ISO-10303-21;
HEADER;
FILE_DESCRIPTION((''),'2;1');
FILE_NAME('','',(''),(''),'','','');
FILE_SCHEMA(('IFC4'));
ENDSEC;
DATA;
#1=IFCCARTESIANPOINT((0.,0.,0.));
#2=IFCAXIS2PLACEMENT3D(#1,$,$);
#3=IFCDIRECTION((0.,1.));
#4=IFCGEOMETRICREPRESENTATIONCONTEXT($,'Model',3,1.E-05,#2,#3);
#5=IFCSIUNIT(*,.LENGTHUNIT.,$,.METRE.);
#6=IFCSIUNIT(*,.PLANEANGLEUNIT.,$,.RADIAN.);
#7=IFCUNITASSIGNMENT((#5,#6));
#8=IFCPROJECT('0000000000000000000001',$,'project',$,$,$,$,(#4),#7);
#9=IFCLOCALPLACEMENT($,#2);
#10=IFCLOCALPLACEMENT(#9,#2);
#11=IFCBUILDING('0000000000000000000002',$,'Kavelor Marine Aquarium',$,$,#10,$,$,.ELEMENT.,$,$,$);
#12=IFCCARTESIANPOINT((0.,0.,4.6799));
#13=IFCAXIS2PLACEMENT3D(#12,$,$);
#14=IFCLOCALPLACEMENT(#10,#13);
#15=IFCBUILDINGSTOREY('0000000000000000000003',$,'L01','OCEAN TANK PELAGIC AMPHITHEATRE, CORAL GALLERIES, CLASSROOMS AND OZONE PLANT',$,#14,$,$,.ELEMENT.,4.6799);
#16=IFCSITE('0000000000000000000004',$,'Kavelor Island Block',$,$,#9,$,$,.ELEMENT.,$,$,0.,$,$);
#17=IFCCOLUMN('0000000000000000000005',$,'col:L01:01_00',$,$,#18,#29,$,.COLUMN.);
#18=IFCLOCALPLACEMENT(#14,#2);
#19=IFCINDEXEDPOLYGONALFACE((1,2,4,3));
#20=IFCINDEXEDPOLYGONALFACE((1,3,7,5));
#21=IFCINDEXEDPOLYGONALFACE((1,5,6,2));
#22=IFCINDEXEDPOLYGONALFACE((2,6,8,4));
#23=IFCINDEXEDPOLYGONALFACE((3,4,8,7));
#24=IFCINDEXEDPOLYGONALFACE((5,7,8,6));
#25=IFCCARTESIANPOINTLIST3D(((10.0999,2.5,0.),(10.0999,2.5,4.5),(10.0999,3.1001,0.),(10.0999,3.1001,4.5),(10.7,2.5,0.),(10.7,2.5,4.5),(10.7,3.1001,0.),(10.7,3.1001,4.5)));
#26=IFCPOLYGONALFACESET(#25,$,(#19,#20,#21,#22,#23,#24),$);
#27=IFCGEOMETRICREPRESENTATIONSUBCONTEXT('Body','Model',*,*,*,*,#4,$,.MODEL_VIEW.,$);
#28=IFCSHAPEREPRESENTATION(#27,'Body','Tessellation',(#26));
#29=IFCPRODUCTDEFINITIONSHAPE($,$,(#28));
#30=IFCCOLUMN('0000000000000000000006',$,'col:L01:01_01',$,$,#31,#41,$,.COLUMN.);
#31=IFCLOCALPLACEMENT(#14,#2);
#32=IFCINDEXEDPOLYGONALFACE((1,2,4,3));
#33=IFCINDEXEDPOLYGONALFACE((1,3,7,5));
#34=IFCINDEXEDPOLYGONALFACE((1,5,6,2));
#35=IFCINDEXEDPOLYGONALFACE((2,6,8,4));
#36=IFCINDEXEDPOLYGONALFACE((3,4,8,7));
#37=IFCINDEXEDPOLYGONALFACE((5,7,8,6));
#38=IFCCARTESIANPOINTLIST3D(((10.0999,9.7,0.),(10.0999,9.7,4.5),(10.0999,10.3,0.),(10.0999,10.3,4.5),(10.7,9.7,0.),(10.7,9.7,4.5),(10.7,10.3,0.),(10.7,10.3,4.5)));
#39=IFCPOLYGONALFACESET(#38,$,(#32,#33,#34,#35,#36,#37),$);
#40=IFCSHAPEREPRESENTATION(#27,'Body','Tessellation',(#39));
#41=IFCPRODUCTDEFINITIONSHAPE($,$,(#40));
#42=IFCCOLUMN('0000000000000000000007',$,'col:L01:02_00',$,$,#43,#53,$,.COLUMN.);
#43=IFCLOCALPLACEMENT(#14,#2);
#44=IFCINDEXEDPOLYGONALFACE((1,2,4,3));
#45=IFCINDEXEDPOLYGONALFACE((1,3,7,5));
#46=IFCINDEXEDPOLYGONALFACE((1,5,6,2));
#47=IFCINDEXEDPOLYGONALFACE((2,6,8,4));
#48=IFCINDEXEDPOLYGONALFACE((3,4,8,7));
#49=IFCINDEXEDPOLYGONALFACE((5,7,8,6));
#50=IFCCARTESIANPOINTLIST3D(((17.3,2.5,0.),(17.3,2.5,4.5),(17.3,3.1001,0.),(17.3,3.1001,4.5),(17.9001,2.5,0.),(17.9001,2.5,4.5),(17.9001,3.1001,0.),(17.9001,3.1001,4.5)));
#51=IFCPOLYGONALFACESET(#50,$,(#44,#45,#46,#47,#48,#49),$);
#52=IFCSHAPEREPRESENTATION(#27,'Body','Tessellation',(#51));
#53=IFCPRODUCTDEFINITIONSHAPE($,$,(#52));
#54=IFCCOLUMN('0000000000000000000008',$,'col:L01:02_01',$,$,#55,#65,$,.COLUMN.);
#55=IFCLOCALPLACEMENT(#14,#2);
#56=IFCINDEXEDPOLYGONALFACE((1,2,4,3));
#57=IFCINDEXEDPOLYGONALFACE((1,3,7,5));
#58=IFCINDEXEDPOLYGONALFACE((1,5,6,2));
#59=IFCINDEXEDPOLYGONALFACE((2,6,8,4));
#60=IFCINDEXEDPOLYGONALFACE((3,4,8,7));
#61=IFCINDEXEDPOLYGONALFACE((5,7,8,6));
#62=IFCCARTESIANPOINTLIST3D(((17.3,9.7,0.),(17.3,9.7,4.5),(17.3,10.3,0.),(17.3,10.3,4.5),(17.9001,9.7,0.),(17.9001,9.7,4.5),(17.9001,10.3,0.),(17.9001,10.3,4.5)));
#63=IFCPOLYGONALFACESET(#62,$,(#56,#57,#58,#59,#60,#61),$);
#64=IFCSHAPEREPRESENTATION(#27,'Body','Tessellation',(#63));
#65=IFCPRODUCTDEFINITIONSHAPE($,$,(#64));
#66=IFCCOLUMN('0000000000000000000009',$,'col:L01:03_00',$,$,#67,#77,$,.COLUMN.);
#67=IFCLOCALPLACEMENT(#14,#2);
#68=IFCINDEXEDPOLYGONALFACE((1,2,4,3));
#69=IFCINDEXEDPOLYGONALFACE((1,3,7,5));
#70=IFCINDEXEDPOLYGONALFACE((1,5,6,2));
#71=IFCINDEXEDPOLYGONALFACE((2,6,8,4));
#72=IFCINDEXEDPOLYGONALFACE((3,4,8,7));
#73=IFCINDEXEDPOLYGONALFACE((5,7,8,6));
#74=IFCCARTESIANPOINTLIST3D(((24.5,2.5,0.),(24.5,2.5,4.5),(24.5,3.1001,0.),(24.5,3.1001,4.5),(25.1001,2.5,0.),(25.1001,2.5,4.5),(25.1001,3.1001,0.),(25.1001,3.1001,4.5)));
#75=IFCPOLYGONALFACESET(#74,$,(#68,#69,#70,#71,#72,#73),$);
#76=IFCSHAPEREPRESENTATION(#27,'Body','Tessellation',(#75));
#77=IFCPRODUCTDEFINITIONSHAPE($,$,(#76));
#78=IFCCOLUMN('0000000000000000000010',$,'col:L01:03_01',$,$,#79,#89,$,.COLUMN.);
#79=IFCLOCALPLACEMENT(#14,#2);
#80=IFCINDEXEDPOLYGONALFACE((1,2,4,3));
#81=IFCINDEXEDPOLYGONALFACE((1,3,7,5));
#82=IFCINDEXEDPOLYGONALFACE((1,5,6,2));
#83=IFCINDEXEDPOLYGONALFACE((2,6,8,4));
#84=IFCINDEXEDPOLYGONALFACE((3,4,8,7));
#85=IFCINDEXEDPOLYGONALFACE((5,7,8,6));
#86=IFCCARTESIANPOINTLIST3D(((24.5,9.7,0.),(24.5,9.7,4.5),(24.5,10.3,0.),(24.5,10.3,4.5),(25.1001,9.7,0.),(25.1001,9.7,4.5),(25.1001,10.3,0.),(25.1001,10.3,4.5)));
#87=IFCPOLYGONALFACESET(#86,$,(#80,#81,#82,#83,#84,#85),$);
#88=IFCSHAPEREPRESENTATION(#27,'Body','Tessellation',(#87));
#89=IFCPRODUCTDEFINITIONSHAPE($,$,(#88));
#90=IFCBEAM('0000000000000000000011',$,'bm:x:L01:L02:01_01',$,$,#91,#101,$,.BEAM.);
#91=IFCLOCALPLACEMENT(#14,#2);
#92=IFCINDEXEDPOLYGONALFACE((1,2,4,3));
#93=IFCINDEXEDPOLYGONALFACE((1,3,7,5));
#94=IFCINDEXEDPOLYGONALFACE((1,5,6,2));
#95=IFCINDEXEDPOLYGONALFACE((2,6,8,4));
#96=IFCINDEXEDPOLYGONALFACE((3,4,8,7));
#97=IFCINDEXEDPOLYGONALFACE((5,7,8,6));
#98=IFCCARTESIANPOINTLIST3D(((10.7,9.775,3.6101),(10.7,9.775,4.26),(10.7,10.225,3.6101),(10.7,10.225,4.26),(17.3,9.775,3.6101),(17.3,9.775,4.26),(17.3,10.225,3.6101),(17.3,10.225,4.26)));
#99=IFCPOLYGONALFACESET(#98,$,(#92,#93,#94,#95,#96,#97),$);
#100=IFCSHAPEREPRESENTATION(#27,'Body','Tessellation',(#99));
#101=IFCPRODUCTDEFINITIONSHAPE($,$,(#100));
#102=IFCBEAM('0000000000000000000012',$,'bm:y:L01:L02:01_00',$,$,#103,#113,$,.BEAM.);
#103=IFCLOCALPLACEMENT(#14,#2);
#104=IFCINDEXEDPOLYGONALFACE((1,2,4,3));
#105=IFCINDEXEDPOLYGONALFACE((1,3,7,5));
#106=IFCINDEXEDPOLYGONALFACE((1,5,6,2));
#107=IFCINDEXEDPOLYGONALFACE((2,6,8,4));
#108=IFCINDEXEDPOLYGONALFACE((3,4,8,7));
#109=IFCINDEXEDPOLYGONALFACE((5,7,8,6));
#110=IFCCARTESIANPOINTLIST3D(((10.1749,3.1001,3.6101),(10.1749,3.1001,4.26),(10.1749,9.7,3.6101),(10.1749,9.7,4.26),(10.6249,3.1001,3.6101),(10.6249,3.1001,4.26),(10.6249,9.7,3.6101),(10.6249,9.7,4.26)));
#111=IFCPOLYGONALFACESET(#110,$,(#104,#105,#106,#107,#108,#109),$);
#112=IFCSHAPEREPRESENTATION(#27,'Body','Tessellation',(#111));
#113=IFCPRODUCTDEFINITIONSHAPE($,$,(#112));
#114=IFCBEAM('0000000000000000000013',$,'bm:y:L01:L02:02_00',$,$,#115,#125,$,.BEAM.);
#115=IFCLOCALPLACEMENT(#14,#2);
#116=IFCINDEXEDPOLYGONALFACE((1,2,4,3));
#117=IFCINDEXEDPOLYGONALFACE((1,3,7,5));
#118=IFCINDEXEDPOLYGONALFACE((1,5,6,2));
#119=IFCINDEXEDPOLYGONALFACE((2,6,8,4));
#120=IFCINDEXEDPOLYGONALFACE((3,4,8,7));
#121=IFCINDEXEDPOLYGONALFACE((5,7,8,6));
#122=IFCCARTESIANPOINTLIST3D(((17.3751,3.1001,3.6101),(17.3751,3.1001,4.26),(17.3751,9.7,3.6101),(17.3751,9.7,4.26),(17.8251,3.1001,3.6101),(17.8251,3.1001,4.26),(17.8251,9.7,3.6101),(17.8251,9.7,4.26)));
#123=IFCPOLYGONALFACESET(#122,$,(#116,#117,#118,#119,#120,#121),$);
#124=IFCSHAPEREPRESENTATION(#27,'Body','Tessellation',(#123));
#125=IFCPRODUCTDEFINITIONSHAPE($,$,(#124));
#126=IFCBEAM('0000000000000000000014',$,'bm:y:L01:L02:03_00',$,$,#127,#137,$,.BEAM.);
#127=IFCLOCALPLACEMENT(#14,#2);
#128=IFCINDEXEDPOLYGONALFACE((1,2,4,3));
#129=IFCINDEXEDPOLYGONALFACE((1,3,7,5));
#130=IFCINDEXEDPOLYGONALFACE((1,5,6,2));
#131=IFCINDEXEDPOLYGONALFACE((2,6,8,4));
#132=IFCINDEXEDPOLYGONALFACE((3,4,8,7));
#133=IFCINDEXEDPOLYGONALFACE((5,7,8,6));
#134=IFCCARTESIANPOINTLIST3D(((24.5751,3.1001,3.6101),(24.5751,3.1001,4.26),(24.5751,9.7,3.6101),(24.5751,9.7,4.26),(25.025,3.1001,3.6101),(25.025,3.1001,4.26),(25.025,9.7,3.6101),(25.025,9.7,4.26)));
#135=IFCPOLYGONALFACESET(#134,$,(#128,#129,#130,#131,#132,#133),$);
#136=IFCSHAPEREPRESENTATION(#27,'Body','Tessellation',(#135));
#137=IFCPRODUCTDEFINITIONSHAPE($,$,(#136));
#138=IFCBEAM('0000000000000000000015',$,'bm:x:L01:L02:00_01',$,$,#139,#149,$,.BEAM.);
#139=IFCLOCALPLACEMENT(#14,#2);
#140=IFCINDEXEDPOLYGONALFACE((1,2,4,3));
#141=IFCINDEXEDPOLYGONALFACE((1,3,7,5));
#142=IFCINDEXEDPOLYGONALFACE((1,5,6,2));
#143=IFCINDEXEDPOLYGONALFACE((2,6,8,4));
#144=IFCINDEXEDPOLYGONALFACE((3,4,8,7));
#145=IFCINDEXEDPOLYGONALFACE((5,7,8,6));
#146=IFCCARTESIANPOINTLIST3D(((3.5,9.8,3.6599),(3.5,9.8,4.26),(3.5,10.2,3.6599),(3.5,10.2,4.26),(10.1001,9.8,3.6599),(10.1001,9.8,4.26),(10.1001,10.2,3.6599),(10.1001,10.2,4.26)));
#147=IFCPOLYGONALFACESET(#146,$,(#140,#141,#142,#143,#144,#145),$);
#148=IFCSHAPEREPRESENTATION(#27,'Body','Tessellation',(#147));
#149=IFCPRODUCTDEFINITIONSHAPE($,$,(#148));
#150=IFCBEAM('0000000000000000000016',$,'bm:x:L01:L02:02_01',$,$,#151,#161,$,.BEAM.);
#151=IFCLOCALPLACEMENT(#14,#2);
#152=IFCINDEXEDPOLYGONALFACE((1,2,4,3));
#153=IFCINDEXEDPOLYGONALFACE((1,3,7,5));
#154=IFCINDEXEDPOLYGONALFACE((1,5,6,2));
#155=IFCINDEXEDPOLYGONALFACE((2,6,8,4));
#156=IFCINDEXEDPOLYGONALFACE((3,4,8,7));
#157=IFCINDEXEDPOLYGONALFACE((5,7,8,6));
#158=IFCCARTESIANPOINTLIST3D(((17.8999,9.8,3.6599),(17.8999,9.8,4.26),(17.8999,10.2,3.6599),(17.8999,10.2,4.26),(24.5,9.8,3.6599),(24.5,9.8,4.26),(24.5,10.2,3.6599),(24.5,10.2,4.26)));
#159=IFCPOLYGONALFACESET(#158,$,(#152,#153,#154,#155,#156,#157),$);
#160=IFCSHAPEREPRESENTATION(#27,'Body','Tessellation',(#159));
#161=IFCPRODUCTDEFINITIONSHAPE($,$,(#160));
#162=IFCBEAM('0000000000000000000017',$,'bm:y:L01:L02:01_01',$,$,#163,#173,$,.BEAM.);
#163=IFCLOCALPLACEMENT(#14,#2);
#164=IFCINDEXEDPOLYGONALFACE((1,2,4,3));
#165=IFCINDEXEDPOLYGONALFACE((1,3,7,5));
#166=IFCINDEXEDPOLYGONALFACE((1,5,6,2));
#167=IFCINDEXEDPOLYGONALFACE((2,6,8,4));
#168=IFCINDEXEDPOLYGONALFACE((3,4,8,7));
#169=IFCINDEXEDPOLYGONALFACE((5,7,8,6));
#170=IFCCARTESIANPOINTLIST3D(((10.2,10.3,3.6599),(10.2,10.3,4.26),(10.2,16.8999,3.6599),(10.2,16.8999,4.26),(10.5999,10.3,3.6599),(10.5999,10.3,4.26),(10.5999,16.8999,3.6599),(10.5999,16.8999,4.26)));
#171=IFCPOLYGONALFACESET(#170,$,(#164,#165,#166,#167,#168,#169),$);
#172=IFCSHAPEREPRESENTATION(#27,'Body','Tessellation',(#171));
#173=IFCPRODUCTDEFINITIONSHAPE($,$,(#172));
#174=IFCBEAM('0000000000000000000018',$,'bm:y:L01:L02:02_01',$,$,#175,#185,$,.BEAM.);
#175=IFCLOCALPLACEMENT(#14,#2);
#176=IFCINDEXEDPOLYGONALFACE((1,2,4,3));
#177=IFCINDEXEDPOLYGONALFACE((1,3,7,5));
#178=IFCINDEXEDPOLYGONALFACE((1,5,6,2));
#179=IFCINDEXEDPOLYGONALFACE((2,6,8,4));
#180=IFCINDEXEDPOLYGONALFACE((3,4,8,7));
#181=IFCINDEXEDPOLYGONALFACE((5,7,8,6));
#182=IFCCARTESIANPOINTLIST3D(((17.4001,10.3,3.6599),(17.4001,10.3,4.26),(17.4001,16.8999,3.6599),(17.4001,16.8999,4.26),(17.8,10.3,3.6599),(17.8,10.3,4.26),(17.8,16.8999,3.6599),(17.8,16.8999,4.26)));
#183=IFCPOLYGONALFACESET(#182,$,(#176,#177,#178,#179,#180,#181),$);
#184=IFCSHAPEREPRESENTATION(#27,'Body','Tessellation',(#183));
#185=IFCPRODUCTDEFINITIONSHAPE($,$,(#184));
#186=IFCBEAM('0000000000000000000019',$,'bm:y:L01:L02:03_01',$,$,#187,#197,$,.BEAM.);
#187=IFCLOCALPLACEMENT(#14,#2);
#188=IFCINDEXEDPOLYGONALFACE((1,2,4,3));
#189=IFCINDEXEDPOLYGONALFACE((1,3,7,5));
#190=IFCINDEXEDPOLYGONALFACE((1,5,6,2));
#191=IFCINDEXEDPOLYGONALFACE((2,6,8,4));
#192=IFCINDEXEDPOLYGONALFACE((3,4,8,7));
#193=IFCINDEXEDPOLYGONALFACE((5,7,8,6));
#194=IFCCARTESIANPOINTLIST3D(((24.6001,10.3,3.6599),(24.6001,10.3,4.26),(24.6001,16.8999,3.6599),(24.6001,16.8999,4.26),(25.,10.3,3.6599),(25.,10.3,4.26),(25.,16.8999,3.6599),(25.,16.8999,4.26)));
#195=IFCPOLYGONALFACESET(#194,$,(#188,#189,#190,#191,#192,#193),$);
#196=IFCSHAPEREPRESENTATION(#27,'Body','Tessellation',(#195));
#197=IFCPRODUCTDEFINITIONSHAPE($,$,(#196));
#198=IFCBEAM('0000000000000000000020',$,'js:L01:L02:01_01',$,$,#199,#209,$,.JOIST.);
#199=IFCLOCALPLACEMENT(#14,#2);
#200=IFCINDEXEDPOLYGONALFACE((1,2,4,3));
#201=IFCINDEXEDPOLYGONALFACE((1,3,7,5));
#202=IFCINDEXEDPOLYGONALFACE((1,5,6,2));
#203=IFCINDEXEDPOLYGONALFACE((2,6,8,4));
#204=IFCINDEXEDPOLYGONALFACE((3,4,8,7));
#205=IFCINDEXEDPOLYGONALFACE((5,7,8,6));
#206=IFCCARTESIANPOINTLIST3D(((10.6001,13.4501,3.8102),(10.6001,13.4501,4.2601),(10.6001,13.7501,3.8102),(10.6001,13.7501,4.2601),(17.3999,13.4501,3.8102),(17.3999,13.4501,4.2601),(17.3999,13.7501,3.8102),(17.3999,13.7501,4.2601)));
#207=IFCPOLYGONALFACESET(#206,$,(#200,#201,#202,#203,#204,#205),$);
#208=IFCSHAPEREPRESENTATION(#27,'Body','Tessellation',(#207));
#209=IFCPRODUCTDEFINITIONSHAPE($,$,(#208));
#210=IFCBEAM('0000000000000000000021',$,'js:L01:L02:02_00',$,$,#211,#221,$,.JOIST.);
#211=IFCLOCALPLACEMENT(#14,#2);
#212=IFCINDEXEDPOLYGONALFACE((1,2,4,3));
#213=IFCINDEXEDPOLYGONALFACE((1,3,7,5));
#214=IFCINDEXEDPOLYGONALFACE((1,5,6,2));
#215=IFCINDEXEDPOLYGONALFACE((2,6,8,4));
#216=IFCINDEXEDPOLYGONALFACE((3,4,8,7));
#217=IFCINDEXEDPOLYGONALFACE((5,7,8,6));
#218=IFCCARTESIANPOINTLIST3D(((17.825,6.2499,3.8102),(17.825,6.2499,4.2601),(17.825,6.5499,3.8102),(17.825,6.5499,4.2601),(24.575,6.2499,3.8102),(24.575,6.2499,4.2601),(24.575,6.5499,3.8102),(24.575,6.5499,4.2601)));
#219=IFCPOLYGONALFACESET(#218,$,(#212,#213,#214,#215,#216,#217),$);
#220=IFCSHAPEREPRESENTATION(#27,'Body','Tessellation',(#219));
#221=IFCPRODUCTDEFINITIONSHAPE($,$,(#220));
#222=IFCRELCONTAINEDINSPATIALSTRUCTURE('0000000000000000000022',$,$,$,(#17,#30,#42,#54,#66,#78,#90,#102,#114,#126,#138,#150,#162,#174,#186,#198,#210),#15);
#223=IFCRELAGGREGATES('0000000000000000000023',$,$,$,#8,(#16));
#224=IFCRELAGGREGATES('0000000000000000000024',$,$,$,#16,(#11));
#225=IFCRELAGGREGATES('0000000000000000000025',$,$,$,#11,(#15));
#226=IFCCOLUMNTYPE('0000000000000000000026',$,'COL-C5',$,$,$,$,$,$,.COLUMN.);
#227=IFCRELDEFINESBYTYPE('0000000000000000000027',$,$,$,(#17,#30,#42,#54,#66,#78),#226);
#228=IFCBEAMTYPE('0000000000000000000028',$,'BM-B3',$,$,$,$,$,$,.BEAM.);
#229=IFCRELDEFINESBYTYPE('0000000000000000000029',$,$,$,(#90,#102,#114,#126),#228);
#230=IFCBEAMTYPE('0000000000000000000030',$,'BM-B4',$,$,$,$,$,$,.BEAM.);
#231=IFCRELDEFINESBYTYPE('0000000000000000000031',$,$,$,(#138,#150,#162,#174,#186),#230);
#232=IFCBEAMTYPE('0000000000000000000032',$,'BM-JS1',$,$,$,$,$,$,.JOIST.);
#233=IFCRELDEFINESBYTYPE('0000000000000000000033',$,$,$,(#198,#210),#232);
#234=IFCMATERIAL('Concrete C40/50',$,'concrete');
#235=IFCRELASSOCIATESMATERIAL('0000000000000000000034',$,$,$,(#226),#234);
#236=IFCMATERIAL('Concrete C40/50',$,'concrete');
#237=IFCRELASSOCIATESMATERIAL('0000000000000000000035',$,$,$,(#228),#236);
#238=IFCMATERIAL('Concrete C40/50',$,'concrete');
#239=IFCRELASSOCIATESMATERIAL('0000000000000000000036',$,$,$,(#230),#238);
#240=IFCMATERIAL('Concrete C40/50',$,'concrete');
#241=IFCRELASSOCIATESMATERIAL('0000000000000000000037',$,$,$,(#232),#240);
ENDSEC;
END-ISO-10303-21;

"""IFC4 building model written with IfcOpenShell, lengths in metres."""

from ifc_helpers import new_model, si_unit, direction, frame, origin, origin_2d, place, context, subcontext, project, spatial, rectangle, extrude, material, material_profile, profile_set, type_object, element, save


model = new_model("IFC4")

# Units and contexts
model_context = context("Model", 3, precision=1e-05, world=origin(), true_north=direction((0.0, 1.0)))
body_context = subcontext(model_context, "Body", "Model", "MODEL_VIEW")
ifc_project = project(units=[si_unit("LENGTHUNIT", "METRE"), si_unit("PLANEANGLEUNIT", "RADIAN")], contexts=[model_context])

# Site, building, storey
site_placement = place(None, origin())
site = spatial("IfcSite", under=ifc_project, at=site_placement, Name="Kavelor Island Block", CompositionType="ELEMENT", RefElevation=0.0)
building_placement = place(site_placement, origin())
building = spatial("IfcBuilding", under=site, at=building_placement, Name="Kavelor Marine Aquarium", CompositionType="ELEMENT")
storey_placement = place(building_placement, frame((0.0, 0.0, 4.6799)))
storey = spatial("IfcBuildingStorey", under=building, at=storey_placement, Name="L01", Description="OCEAN TANK PELAGIC AMPHITHEATRE, CORAL GALLERIES, CLASSROOMS AND OZONE PLANT", CompositionType="ELEMENT", Elevation=4.6799)

# Columns
ifc_material_1 = material(Name="Concrete C40/50", Category="concrete")
ifc_material_profile_1 = material_profile(ifc_material_1, rectangle(XDim=0.6001, YDim=0.6001, at=origin_2d()), Name="RC-COL 600x600")
ifc_profile_set_1 = profile_set([ifc_material_profile_1], Name="Concrete C40/50")
column_type = type_object("IfcColumnType", Name="COL-C5", PredefinedType="COLUMN", material=ifc_profile_set_1)
for number, where, z_axis, x_axis, name in (
    (1, (10.3999, 2.8, 0.0), (0.0, 0.0, 1.0), (1.0, 0.0, 0.0), "col:L01:01_00"),
    (2, (10.3999, 10.0, 0.0), (0.0, 0.0, 1.0), (1.0, 0.0, 0.0), "col:L01:01_01"),
    (3, (17.6001, 2.8, 0.0), (0.0, 0.0, 1.0), (1.0, 0.0, 0.0), "col:L01:02_00"),
    (4, (17.6001, 10.0, 0.0), (0.0, 0.0, 1.0), (1.0, 0.0, 0.0), "col:L01:02_01"),
    (5, (24.8, 2.8, 0.0), (0.0, 0.0, 1.0), (1.0, 0.0, 0.0), "col:L01:03_00"),
    (6, (24.8, 10.0, 0.0), (0.0, 0.0, 1.0), (1.0, 0.0, 0.0), "col:L01:03_01"),
):
    element("IfcColumn", number, at=place(storey_placement, frame(where, z_axis=z_axis, x_axis=x_axis)), inside=storey, type_object=column_type, Name=name, PredefinedType="COLUMN", context=body_context, shape_type="SweptSolid", body=[
        extrude(rectangle(XDim=0.6001, YDim=0.6001, at=origin_2d()), origin(), (0.0, 0.0, 1.0), 4.5),
    ])

# Beams
ifc_material_2 = material(Name="Concrete C40/50", Category="concrete")
ifc_material_profile_2 = material_profile(ifc_material_2, rectangle(XDim=0.45, YDim=0.6499, at=origin_2d()), Name="RC-BM 450x650")
ifc_profile_set_2 = profile_set([ifc_material_profile_2], Name="Concrete C40/50")
beam_type_1 = type_object("IfcBeamType", Name="BM-B3", PredefinedType="BEAM", material=ifc_profile_set_2)
beam_1_placement = place(storey_placement, frame((10.7, 10.0, 3.9351), z_axis=(1.0, 0.0, 0.0), x_axis=(0.0, 1.0, 0.0)))
element("IfcBeam", 7, at=beam_1_placement, inside=storey, type_object=beam_type_1, Name="bm:x:L01:L02:01_01", PredefinedType="BEAM", context=body_context, shape_type="SweptSolid", body=[
    extrude(rectangle(XDim=0.45, YDim=0.6499, at=origin_2d()), origin(), (0.0, 0.0, 1.0), 6.6001),
])
for number, where, z_axis, x_axis, name in (
    (8, (10.3999, 3.1001, 3.9351), (0.0, 1.0, 0.0), (-1.0, 0.0, 0.0), "bm:y:L01:L02:01_00"),
    (9, (17.6001, 3.1001, 3.9351), (0.0, 1.0, 0.0), (-1.0, 0.0, 0.0), "bm:y:L01:L02:02_00"),
    (10, (24.8, 3.1001, 3.9351), (0.0, 1.0, 0.0), (-1.0, 0.0, 0.0), "bm:y:L01:L02:03_00"),
):
    element("IfcBeam", number, at=place(storey_placement, frame(where, z_axis=z_axis, x_axis=x_axis)), inside=storey, type_object=beam_type_1, Name=name, PredefinedType="BEAM", context=body_context, shape_type="SweptSolid", body=[
        extrude(rectangle(XDim=0.45, YDim=0.6499, at=origin_2d()), origin(), (0.0, 0.0, 1.0), 6.5999),
    ])
ifc_material_3 = material(Name="Concrete C40/50", Category="concrete")
ifc_material_profile_3 = material_profile(ifc_material_3, rectangle(XDim=0.3999, YDim=0.6001, at=origin_2d()), Name="RC-BM 400x600")
ifc_profile_set_3 = profile_set([ifc_material_profile_3], Name="Concrete C40/50")
beam_type_2 = type_object("IfcBeamType", Name="BM-B4", PredefinedType="BEAM", material=ifc_profile_set_3)
for number, where, z_axis, x_axis, name in (
    (11, (3.5, 10.0, 3.96), (1.0, 0.0, 0.0), (0.0, 1.0, 0.0), "bm:x:L01:L02:00_01"),
    (12, (17.8999, 10.0, 3.96), (1.0, 0.0, 0.0), (0.0, 1.0, 0.0), "bm:x:L01:L02:02_01"),
):
    element("IfcBeam", number, at=place(storey_placement, frame(where, z_axis=z_axis, x_axis=x_axis)), inside=storey, type_object=beam_type_2, Name=name, PredefinedType="BEAM", context=body_context, shape_type="SweptSolid", body=[
        extrude(rectangle(XDim=0.3999, YDim=0.6001, at=origin_2d()), origin(), (0.0, 0.0, 1.0), 6.6001),
    ])
for number, where, z_axis, x_axis, name in (
    (13, (10.3999, 10.3, 3.96), (0.0, 1.0, 0.0), (-1.0, 0.0, 0.0), "bm:y:L01:L02:01_01"),
    (14, (17.6001, 10.3, 3.96), (0.0, 1.0, 0.0), (-1.0, 0.0, 0.0), "bm:y:L01:L02:02_01"),
    (15, (24.8, 10.3, 3.96), (0.0, 1.0, 0.0), (-1.0, 0.0, 0.0), "bm:y:L01:L02:03_01"),
):
    element("IfcBeam", number, at=place(storey_placement, frame(where, z_axis=z_axis, x_axis=x_axis)), inside=storey, type_object=beam_type_2, Name=name, PredefinedType="BEAM", context=body_context, shape_type="SweptSolid", body=[
        extrude(rectangle(XDim=0.3999, YDim=0.6001, at=origin_2d()), origin(), (0.0, 0.0, 1.0), 6.5999),
    ])
ifc_material_4 = material(Name="Concrete C40/50", Category="concrete")
ifc_material_profile_4 = material_profile(ifc_material_4, rectangle(XDim=0.3, YDim=0.45, at=origin_2d()), Name="RC-JS 300x450")
ifc_profile_set_4 = profile_set([ifc_material_profile_4], Name="Concrete C40/50")
beam_type_3 = type_object("IfcBeamType", Name="BM-JS1", PredefinedType="JOIST", material=ifc_profile_set_4)
beam_2_placement = place(storey_placement, frame((10.6001, 13.6001, 4.0352), z_axis=(1.0, 0.0, 0.0), x_axis=(0.0, 1.0, 0.0)))
element("IfcBeam", 16, at=beam_2_placement, inside=storey, type_object=beam_type_3, Name="js:L01:L02:01_01", PredefinedType="JOIST", context=body_context, shape_type="SweptSolid", body=[
    extrude(rectangle(XDim=0.3, YDim=0.45, at=origin_2d()), origin(), (0.0, 0.0, 1.0), 6.7998),
])
beam_3_placement = place(storey_placement, frame((17.825, 6.3999, 4.0352), z_axis=(1.0, 0.0, 0.0), x_axis=(0.0, 1.0, 0.0)))
element("IfcBeam", 17, at=beam_3_placement, inside=storey, type_object=beam_type_3, Name="js:L01:L02:02_00", PredefinedType="JOIST", context=body_context, shape_type="SweptSolid", body=[
    extrude(rectangle(XDim=0.3, YDim=0.45, at=origin_2d()), origin(), (0.0, 0.0, 1.0), 6.75),
])

save(model, "model.ifc")
